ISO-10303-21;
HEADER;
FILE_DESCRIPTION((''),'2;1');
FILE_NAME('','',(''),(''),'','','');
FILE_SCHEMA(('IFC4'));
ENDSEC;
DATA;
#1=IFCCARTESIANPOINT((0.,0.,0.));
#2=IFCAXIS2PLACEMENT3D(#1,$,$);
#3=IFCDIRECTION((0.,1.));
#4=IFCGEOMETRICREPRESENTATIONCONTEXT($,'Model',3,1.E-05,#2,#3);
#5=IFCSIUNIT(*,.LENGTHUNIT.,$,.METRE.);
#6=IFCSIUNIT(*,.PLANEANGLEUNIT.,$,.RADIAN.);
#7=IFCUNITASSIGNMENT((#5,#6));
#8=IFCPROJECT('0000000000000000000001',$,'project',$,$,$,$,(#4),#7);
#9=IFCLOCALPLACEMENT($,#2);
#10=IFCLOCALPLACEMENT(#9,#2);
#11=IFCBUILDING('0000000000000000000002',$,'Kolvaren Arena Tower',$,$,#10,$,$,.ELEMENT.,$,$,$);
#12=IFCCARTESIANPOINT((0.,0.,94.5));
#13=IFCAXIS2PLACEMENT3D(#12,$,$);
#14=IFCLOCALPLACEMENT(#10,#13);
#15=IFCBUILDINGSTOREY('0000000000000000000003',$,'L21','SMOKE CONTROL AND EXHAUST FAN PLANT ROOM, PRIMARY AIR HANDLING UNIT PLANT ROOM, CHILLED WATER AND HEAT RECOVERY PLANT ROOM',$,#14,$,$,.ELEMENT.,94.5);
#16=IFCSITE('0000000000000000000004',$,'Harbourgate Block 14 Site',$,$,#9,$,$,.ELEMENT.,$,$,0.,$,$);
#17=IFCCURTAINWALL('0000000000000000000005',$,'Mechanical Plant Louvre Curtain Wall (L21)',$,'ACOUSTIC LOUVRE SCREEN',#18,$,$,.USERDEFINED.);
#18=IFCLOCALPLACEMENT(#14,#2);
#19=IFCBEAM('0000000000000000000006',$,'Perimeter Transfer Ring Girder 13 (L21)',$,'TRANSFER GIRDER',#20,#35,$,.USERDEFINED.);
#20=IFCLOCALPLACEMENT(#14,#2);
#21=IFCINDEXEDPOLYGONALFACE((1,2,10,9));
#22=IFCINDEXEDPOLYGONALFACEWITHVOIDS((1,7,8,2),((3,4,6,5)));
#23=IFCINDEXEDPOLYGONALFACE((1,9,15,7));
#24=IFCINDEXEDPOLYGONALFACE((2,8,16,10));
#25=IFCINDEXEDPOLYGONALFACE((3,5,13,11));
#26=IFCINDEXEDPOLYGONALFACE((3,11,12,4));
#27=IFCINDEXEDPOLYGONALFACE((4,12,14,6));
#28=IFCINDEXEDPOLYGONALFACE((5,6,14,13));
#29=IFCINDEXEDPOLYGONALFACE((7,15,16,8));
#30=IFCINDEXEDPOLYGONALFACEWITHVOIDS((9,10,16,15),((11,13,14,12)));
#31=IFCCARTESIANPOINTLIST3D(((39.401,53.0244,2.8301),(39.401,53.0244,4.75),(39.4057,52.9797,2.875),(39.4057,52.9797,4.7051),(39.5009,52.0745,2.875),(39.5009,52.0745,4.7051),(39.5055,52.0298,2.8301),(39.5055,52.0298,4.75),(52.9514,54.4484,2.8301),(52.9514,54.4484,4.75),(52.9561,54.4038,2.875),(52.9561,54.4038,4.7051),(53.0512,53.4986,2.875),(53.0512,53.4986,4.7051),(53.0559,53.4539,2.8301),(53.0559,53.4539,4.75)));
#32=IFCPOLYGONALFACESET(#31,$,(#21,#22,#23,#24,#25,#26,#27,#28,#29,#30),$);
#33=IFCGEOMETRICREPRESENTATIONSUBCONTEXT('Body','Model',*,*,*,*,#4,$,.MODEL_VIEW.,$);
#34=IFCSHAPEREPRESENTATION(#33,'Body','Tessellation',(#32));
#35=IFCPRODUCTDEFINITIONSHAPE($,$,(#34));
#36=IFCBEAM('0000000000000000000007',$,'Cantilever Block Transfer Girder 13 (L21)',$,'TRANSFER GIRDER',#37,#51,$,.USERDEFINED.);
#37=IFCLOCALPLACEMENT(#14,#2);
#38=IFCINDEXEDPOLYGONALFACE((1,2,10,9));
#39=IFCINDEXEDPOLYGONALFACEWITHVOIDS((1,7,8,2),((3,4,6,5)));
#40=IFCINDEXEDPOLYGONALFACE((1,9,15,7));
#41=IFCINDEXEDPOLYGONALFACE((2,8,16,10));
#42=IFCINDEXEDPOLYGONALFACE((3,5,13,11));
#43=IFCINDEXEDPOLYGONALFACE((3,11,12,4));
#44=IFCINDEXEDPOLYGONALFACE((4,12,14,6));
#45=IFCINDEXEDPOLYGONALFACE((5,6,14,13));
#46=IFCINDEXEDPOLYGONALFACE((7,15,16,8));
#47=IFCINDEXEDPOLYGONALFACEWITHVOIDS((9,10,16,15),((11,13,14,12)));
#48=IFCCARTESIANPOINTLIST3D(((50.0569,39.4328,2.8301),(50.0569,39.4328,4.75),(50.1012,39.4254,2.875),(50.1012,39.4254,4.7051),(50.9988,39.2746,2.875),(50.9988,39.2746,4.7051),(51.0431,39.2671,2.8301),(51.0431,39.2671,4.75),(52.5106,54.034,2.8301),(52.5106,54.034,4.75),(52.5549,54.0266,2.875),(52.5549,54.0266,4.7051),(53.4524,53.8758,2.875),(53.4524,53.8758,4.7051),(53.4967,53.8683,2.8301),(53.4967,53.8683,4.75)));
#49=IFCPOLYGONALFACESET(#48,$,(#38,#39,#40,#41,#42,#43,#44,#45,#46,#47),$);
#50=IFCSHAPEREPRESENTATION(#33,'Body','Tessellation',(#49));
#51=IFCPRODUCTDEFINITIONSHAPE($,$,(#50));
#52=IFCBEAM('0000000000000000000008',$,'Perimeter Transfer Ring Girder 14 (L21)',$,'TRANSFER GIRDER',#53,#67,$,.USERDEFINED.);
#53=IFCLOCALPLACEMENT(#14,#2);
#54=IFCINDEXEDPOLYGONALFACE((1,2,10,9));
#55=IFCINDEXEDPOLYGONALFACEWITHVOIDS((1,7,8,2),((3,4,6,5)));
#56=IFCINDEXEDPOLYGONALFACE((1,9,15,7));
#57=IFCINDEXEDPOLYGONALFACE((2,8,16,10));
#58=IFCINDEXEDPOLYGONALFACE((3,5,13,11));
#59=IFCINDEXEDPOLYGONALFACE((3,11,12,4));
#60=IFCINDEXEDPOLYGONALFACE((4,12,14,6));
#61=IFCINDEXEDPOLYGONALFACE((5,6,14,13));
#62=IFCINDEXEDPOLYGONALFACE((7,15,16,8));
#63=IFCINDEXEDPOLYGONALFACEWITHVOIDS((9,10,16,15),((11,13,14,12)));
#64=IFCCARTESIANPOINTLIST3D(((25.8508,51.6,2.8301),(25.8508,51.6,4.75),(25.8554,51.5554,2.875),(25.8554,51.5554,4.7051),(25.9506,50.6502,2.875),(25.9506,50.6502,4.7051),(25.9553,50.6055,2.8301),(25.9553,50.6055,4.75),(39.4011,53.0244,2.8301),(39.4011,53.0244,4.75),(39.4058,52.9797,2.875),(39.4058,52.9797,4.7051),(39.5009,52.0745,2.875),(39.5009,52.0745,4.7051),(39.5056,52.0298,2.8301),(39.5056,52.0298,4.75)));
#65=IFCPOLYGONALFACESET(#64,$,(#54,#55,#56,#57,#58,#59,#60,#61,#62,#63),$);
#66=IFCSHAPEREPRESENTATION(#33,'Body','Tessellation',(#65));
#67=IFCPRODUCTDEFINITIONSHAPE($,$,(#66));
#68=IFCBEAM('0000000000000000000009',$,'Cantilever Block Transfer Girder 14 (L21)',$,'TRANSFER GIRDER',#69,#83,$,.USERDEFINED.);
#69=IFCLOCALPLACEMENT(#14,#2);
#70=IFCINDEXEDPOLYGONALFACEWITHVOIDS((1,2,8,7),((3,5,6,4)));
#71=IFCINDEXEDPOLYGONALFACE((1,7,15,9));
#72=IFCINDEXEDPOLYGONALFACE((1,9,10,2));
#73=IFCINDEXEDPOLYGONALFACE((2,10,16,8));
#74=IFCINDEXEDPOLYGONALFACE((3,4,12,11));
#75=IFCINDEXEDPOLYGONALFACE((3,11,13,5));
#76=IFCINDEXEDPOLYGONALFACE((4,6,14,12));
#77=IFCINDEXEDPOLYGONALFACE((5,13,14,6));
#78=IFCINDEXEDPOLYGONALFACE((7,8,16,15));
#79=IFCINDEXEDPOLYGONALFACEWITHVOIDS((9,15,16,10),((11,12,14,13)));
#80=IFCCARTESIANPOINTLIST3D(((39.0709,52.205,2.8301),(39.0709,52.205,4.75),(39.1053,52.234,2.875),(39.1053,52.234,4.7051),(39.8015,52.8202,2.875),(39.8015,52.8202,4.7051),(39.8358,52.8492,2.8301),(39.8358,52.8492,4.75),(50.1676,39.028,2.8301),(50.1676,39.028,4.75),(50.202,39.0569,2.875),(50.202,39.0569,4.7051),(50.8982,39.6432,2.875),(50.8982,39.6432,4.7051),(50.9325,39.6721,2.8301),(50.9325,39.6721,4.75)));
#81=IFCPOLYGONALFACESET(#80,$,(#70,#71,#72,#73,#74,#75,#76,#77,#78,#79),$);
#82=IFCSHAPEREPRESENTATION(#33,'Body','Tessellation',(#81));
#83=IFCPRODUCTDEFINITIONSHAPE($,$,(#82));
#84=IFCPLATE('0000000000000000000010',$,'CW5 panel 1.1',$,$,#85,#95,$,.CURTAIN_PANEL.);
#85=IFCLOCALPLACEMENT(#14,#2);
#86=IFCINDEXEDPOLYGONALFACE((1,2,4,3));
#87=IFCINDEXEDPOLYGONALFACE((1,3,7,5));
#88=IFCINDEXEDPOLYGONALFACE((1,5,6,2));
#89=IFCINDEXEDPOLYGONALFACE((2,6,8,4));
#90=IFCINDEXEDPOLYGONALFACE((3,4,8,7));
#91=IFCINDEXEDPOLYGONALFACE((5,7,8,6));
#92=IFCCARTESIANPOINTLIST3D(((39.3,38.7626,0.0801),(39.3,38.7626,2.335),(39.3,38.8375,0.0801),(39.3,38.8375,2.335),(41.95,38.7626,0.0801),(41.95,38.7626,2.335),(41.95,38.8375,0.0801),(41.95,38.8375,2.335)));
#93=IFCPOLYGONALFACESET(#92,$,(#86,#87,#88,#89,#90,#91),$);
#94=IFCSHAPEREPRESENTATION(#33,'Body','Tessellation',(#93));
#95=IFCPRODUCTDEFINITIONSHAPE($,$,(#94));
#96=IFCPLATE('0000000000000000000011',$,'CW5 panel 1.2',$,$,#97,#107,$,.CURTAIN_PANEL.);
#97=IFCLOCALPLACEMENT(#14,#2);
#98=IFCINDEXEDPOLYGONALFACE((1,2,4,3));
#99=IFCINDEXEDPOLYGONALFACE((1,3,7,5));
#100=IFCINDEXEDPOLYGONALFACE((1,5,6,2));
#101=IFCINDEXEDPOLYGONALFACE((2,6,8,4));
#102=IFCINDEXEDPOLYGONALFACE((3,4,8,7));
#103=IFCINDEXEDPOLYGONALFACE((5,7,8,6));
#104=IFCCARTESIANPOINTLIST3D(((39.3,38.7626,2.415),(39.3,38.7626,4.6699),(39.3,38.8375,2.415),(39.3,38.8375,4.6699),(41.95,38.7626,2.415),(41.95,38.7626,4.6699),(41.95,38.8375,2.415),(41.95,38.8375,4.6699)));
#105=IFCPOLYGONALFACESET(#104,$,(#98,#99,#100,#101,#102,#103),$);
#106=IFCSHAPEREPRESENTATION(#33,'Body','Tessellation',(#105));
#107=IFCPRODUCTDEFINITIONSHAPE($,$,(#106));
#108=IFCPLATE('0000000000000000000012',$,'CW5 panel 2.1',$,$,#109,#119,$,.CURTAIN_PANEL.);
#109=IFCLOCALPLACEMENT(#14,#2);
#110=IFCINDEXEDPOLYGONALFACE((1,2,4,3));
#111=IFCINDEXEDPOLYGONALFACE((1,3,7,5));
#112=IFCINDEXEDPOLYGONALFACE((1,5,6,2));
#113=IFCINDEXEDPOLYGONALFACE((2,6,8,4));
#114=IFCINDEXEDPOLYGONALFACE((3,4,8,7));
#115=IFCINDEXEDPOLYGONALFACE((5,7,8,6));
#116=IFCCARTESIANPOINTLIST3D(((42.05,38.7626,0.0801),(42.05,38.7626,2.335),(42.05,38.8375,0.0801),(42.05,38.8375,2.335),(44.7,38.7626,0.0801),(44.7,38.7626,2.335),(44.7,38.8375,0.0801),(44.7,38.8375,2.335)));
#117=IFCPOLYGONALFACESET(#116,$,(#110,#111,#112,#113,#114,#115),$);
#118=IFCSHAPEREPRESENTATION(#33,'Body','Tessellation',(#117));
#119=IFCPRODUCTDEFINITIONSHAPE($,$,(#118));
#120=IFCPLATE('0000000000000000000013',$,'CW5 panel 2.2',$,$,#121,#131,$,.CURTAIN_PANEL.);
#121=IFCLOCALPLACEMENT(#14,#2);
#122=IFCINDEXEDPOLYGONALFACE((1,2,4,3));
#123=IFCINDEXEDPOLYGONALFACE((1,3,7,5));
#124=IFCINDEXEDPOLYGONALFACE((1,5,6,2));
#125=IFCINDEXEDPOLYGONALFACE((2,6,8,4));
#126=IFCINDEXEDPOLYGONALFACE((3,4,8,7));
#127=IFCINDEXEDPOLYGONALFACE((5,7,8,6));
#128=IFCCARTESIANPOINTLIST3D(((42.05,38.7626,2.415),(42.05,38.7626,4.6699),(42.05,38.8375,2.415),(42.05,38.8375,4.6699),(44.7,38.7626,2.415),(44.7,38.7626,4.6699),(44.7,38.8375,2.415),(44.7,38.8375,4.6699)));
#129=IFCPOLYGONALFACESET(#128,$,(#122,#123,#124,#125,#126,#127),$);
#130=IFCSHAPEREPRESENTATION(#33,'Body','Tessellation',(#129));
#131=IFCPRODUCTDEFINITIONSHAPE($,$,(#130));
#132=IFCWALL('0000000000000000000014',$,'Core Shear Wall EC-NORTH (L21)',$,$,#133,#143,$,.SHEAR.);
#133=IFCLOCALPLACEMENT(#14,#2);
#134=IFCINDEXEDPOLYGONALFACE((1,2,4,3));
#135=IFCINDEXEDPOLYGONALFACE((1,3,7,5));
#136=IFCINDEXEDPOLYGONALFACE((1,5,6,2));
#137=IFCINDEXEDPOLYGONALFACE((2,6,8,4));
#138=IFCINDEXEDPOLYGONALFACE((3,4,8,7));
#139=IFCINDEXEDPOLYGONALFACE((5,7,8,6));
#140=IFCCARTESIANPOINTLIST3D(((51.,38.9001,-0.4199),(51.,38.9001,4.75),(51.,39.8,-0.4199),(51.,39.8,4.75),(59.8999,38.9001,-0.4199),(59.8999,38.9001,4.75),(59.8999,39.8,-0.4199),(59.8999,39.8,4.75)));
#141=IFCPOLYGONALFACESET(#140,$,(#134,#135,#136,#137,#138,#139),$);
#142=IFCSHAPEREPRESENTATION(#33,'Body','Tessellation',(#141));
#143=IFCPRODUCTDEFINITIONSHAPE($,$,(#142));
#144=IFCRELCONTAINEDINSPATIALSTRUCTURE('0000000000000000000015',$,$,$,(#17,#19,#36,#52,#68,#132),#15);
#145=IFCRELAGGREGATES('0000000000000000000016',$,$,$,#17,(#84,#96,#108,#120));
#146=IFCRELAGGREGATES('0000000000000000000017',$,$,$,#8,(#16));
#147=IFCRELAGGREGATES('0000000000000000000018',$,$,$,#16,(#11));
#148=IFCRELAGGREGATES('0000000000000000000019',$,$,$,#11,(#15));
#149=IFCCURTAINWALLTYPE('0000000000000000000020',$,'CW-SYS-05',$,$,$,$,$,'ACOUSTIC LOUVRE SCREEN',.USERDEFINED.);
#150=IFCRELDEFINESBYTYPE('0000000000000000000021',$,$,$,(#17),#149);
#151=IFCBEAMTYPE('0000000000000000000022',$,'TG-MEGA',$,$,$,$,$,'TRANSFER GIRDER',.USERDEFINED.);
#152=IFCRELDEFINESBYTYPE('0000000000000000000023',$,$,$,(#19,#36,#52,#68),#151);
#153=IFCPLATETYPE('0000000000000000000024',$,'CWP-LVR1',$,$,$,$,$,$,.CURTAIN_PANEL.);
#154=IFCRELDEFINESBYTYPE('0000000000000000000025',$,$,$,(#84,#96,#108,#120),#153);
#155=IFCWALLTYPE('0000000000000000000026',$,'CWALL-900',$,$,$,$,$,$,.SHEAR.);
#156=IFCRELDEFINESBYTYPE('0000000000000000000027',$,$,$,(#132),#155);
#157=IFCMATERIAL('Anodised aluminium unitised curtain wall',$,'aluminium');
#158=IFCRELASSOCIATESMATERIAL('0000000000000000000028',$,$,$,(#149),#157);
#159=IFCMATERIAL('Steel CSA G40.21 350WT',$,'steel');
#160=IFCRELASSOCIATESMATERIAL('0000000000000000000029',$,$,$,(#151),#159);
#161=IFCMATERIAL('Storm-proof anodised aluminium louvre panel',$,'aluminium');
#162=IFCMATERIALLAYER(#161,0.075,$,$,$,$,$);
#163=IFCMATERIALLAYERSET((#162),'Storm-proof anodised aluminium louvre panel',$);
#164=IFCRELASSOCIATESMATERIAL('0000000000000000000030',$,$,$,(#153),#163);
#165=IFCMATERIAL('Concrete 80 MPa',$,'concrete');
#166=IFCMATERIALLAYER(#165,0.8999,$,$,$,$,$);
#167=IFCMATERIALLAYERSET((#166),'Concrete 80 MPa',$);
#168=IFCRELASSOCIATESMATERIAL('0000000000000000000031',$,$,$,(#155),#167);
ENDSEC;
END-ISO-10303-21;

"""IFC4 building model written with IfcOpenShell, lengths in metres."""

from ifc_helpers import new_model, si_unit, direction, frame, frame_2d, origin, origin_2d, place, context, subcontext, project, spatial, rectangle, hollow_rectangle, extrude, material, layer, layer_set, material_profile, profile_set, type_object, element, aggregate, save


model = new_model("IFC4")

# Units and contexts
model_context = context("Model", 3, precision=1e-05, world=origin(), true_north=direction((0.0, 1.0)))
body_context = subcontext(model_context, "Body", "Model", "MODEL_VIEW")
ifc_project = project(units=[si_unit("LENGTHUNIT", "METRE"), si_unit("PLANEANGLEUNIT", "RADIAN")], contexts=[model_context])

# Site, building, storey
site_placement = place(None, origin())
site = spatial("IfcSite", under=ifc_project, at=site_placement, Name="Harbourgate Block 14 Site", CompositionType="ELEMENT", RefElevation=0.0)
building_placement = place(site_placement, origin())
building = spatial("IfcBuilding", under=site, at=building_placement, Name="Kolvaren Arena Tower", CompositionType="ELEMENT")
storey_placement = place(building_placement, frame((0.0, 0.0, 94.5)))
storey = spatial("IfcBuildingStorey", under=building, at=storey_placement, Name="L21", Description="SMOKE CONTROL AND EXHAUST FAN PLANT ROOM, PRIMARY AIR HANDLING UNIT PLANT ROOM, CHILLED WATER AND HEAT RECOVERY PLANT ROOM", CompositionType="ELEMENT", Elevation=94.5)

# Shared definitions
ifc_material_1 = material(Name="Concrete 80 MPa", Category="concrete")

# Curtain wall
ifc_material_2 = material(Name="Anodised aluminium unitised curtain wall", Category="aluminium")
curtain_wall_type = type_object("IfcCurtainWallType", Name="CW-SYS-05", ElementType="ACOUSTIC LOUVRE SCREEN", PredefinedType="USERDEFINED", material=ifc_material_2)
curtain_wall_placement = place(storey_placement, origin())
curtain_wall = element("IfcCurtainWall", 1, at=curtain_wall_placement, inside=storey, type_object=curtain_wall_type, Name="Mechanical Plant Louvre Curtain Wall (L21)", ObjectType="ACOUSTIC LOUVRE SCREEN", PredefinedType="USERDEFINED")

# Beams
ifc_material_3 = material(Name="Steel CSA G40.21 350WT", Category="steel")
ifc_material_profile_1 = material_profile(ifc_material_3, hollow_rectangle(XDim=1.0, YDim=1.9199, WallThickness=0.0449, at=origin_2d()), Name="BOX 1000x1920x45")
ifc_profile_set_1 = profile_set([ifc_material_profile_1], Name="Steel CSA G40.21 350WT")
beam_type_1 = type_object("IfcBeamType", Name="TG-MEGA", ElementType="TRANSFER GIRDER", PredefinedType="USERDEFINED", material=ifc_profile_set_1)
beam_1_placement = place(storey_placement, frame((53.0037, 53.9512, 3.79), z_axis=(-0.994523, -0.10452, 0.0), x_axis=(0.10452, -0.994523, 0.0)))
element("IfcBeam", 2, at=beam_1_placement, inside=storey, type_object=beam_type_1, Name="Perimeter Transfer Ring Girder 13 (L21)", ObjectType="TRANSFER GIRDER", PredefinedType="USERDEFINED", context=body_context, shape_type="SweptSolid", body=[
    extrude(hollow_rectangle(XDim=1.0, YDim=1.9199, WallThickness=0.0449, at=origin_2d()), origin(), (0.0, 0.0, 1.0), 13.625),
])
beam_2_placement = place(storey_placement, frame((53.0037, 53.9512, 3.79), z_axis=(-0.16572, -0.986173, 0.0), x_axis=(0.986173, -0.16572, 0.0)))
element("IfcBeam", 3, at=beam_2_placement, inside=storey, type_object=beam_type_1, Name="Cantilever Block Transfer Girder 13 (L21)", ObjectType="TRANSFER GIRDER", PredefinedType="USERDEFINED", context=body_context, shape_type="SweptSolid", body=[
    extrude(hollow_rectangle(XDim=1.0, YDim=1.9199, WallThickness=0.0449, at=origin_2d()), origin(), (0.0, 0.0, 1.0), 14.8059),
])
beam_3_placement = place(storey_placement, frame((39.4534, 52.5271, 3.79), z_axis=(-0.994521, -0.104537, 0.0), x_axis=(0.104537, -0.994521, 0.0)))
element("IfcBeam", 4, at=beam_3_placement, inside=storey, type_object=beam_type_1, Name="Perimeter Transfer Ring Girder 14 (L21)", ObjectType="TRANSFER GIRDER", PredefinedType="USERDEFINED", context=body_context, shape_type="SweptSolid", body=[
    extrude(hollow_rectangle(XDim=1.0, YDim=1.9199, WallThickness=0.0449, at=origin_2d()), origin(), (0.0, 0.0, 1.0), 13.625),
])
beam_4_placement = place(storey_placement, frame((39.4534, 52.5271, 3.79), z_axis=(0.644144, -0.764904, 0.0), x_axis=(0.764904, 0.644144, 0.0)))
element("IfcBeam", 5, at=beam_4_placement, inside=storey, type_object=beam_type_1, Name="Cantilever Block Transfer Girder 14 (L21)", ObjectType="TRANSFER GIRDER", PredefinedType="USERDEFINED", context=body_context, shape_type="SweptSolid", body=[
    extrude(hollow_rectangle(XDim=1.0, YDim=1.9199, WallThickness=0.0449, at=origin_2d()), origin(), (0.0, 0.0, 1.0), 17.2271),
])

# Plates
ifc_material_4 = material(Name="Storm-proof anodised aluminium louvre panel", Category="aluminium")
ifc_layer_1 = layer(ifc_material_4, 0.075)
ifc_layer_set_1 = layer_set([ifc_layer_1], Name="Storm-proof anodised aluminium louvre panel")
plate_type = type_object("IfcPlateType", Name="CWP-LVR1", PredefinedType="CURTAIN_PANEL", material=ifc_layer_set_1)
plate_1_placement = place(storey_placement, frame((40.625, 38.8, 0.0801), z_axis=(0.0, 0.0, 1.0), x_axis=(1.0, 0.0, 0.0)))
plate_1 = element("IfcPlate", 6, at=plate_1_placement, type_object=plate_type, Name="CW5 panel 1.1", PredefinedType="CURTAIN_PANEL", context=body_context, shape_type="SweptSolid", body=[
    extrude(rectangle(XDim=2.6499, YDim=0.075, at=origin_2d()), origin(), (0.0, 0.0, 1.0), 2.2549),
])
plate_2_placement = place(storey_placement, frame((40.625, 38.8, 2.415), z_axis=(0.0, 0.0, 1.0), x_axis=(1.0, 0.0, 0.0)))
plate_2 = element("IfcPlate", 7, at=plate_2_placement, type_object=plate_type, Name="CW5 panel 1.2", PredefinedType="CURTAIN_PANEL", context=body_context, shape_type="SweptSolid", body=[
    extrude(rectangle(XDim=2.6499, YDim=0.075, at=origin_2d()), origin(), (0.0, 0.0, 1.0), 2.2549),
])
plate_3_placement = place(storey_placement, frame((43.375, 38.8, 0.0801), z_axis=(0.0, 0.0, 1.0), x_axis=(1.0, 0.0, 0.0)))
plate_3 = element("IfcPlate", 8, at=plate_3_placement, type_object=plate_type, Name="CW5 panel 2.1", PredefinedType="CURTAIN_PANEL", context=body_context, shape_type="SweptSolid", body=[
    extrude(rectangle(XDim=2.6499, YDim=0.075, at=origin_2d()), origin(), (0.0, 0.0, 1.0), 2.2549),
])
plate_4_placement = place(storey_placement, frame((43.375, 38.8, 2.415), z_axis=(0.0, 0.0, 1.0), x_axis=(1.0, 0.0, 0.0)))
plate_4 = element("IfcPlate", 9, at=plate_4_placement, type_object=plate_type, Name="CW5 panel 2.2", PredefinedType="CURTAIN_PANEL", context=body_context, shape_type="SweptSolid", body=[
    extrude(rectangle(XDim=2.6499, YDim=0.075, at=origin_2d()), origin(), (0.0, 0.0, 1.0), 2.2549),
])
aggregate(curtain_wall, [plate_1, plate_2, plate_3, plate_4])

# Wall
ifc_layer_2 = layer(ifc_material_1, 0.8999)
ifc_layer_set_2 = layer_set([ifc_layer_2], Name="Concrete 80 MPa")
wall_type = type_object("IfcWallType", Name="CWALL-900", PredefinedType="SHEAR", material=ifc_layer_set_2)
wall_placement = place(storey_placement, frame((51.0, 39.3501, -0.4199), z_axis=(0.0, 0.0, 1.0), x_axis=(1.0, 0.0, 0.0)))
element("IfcWall", 10, at=wall_placement, inside=storey, type_object=wall_type, Name="Core Shear Wall EC-NORTH (L21)", PredefinedType="SHEAR", context=body_context, shape_type="SweptSolid", body=[
    extrude(rectangle(XDim=8.8999, YDim=0.8999, at=frame_2d((4.45, 0.0))), origin(), (0.0, 0.0, 1.0), 5.1699),
])

save(model, "model.ifc")
